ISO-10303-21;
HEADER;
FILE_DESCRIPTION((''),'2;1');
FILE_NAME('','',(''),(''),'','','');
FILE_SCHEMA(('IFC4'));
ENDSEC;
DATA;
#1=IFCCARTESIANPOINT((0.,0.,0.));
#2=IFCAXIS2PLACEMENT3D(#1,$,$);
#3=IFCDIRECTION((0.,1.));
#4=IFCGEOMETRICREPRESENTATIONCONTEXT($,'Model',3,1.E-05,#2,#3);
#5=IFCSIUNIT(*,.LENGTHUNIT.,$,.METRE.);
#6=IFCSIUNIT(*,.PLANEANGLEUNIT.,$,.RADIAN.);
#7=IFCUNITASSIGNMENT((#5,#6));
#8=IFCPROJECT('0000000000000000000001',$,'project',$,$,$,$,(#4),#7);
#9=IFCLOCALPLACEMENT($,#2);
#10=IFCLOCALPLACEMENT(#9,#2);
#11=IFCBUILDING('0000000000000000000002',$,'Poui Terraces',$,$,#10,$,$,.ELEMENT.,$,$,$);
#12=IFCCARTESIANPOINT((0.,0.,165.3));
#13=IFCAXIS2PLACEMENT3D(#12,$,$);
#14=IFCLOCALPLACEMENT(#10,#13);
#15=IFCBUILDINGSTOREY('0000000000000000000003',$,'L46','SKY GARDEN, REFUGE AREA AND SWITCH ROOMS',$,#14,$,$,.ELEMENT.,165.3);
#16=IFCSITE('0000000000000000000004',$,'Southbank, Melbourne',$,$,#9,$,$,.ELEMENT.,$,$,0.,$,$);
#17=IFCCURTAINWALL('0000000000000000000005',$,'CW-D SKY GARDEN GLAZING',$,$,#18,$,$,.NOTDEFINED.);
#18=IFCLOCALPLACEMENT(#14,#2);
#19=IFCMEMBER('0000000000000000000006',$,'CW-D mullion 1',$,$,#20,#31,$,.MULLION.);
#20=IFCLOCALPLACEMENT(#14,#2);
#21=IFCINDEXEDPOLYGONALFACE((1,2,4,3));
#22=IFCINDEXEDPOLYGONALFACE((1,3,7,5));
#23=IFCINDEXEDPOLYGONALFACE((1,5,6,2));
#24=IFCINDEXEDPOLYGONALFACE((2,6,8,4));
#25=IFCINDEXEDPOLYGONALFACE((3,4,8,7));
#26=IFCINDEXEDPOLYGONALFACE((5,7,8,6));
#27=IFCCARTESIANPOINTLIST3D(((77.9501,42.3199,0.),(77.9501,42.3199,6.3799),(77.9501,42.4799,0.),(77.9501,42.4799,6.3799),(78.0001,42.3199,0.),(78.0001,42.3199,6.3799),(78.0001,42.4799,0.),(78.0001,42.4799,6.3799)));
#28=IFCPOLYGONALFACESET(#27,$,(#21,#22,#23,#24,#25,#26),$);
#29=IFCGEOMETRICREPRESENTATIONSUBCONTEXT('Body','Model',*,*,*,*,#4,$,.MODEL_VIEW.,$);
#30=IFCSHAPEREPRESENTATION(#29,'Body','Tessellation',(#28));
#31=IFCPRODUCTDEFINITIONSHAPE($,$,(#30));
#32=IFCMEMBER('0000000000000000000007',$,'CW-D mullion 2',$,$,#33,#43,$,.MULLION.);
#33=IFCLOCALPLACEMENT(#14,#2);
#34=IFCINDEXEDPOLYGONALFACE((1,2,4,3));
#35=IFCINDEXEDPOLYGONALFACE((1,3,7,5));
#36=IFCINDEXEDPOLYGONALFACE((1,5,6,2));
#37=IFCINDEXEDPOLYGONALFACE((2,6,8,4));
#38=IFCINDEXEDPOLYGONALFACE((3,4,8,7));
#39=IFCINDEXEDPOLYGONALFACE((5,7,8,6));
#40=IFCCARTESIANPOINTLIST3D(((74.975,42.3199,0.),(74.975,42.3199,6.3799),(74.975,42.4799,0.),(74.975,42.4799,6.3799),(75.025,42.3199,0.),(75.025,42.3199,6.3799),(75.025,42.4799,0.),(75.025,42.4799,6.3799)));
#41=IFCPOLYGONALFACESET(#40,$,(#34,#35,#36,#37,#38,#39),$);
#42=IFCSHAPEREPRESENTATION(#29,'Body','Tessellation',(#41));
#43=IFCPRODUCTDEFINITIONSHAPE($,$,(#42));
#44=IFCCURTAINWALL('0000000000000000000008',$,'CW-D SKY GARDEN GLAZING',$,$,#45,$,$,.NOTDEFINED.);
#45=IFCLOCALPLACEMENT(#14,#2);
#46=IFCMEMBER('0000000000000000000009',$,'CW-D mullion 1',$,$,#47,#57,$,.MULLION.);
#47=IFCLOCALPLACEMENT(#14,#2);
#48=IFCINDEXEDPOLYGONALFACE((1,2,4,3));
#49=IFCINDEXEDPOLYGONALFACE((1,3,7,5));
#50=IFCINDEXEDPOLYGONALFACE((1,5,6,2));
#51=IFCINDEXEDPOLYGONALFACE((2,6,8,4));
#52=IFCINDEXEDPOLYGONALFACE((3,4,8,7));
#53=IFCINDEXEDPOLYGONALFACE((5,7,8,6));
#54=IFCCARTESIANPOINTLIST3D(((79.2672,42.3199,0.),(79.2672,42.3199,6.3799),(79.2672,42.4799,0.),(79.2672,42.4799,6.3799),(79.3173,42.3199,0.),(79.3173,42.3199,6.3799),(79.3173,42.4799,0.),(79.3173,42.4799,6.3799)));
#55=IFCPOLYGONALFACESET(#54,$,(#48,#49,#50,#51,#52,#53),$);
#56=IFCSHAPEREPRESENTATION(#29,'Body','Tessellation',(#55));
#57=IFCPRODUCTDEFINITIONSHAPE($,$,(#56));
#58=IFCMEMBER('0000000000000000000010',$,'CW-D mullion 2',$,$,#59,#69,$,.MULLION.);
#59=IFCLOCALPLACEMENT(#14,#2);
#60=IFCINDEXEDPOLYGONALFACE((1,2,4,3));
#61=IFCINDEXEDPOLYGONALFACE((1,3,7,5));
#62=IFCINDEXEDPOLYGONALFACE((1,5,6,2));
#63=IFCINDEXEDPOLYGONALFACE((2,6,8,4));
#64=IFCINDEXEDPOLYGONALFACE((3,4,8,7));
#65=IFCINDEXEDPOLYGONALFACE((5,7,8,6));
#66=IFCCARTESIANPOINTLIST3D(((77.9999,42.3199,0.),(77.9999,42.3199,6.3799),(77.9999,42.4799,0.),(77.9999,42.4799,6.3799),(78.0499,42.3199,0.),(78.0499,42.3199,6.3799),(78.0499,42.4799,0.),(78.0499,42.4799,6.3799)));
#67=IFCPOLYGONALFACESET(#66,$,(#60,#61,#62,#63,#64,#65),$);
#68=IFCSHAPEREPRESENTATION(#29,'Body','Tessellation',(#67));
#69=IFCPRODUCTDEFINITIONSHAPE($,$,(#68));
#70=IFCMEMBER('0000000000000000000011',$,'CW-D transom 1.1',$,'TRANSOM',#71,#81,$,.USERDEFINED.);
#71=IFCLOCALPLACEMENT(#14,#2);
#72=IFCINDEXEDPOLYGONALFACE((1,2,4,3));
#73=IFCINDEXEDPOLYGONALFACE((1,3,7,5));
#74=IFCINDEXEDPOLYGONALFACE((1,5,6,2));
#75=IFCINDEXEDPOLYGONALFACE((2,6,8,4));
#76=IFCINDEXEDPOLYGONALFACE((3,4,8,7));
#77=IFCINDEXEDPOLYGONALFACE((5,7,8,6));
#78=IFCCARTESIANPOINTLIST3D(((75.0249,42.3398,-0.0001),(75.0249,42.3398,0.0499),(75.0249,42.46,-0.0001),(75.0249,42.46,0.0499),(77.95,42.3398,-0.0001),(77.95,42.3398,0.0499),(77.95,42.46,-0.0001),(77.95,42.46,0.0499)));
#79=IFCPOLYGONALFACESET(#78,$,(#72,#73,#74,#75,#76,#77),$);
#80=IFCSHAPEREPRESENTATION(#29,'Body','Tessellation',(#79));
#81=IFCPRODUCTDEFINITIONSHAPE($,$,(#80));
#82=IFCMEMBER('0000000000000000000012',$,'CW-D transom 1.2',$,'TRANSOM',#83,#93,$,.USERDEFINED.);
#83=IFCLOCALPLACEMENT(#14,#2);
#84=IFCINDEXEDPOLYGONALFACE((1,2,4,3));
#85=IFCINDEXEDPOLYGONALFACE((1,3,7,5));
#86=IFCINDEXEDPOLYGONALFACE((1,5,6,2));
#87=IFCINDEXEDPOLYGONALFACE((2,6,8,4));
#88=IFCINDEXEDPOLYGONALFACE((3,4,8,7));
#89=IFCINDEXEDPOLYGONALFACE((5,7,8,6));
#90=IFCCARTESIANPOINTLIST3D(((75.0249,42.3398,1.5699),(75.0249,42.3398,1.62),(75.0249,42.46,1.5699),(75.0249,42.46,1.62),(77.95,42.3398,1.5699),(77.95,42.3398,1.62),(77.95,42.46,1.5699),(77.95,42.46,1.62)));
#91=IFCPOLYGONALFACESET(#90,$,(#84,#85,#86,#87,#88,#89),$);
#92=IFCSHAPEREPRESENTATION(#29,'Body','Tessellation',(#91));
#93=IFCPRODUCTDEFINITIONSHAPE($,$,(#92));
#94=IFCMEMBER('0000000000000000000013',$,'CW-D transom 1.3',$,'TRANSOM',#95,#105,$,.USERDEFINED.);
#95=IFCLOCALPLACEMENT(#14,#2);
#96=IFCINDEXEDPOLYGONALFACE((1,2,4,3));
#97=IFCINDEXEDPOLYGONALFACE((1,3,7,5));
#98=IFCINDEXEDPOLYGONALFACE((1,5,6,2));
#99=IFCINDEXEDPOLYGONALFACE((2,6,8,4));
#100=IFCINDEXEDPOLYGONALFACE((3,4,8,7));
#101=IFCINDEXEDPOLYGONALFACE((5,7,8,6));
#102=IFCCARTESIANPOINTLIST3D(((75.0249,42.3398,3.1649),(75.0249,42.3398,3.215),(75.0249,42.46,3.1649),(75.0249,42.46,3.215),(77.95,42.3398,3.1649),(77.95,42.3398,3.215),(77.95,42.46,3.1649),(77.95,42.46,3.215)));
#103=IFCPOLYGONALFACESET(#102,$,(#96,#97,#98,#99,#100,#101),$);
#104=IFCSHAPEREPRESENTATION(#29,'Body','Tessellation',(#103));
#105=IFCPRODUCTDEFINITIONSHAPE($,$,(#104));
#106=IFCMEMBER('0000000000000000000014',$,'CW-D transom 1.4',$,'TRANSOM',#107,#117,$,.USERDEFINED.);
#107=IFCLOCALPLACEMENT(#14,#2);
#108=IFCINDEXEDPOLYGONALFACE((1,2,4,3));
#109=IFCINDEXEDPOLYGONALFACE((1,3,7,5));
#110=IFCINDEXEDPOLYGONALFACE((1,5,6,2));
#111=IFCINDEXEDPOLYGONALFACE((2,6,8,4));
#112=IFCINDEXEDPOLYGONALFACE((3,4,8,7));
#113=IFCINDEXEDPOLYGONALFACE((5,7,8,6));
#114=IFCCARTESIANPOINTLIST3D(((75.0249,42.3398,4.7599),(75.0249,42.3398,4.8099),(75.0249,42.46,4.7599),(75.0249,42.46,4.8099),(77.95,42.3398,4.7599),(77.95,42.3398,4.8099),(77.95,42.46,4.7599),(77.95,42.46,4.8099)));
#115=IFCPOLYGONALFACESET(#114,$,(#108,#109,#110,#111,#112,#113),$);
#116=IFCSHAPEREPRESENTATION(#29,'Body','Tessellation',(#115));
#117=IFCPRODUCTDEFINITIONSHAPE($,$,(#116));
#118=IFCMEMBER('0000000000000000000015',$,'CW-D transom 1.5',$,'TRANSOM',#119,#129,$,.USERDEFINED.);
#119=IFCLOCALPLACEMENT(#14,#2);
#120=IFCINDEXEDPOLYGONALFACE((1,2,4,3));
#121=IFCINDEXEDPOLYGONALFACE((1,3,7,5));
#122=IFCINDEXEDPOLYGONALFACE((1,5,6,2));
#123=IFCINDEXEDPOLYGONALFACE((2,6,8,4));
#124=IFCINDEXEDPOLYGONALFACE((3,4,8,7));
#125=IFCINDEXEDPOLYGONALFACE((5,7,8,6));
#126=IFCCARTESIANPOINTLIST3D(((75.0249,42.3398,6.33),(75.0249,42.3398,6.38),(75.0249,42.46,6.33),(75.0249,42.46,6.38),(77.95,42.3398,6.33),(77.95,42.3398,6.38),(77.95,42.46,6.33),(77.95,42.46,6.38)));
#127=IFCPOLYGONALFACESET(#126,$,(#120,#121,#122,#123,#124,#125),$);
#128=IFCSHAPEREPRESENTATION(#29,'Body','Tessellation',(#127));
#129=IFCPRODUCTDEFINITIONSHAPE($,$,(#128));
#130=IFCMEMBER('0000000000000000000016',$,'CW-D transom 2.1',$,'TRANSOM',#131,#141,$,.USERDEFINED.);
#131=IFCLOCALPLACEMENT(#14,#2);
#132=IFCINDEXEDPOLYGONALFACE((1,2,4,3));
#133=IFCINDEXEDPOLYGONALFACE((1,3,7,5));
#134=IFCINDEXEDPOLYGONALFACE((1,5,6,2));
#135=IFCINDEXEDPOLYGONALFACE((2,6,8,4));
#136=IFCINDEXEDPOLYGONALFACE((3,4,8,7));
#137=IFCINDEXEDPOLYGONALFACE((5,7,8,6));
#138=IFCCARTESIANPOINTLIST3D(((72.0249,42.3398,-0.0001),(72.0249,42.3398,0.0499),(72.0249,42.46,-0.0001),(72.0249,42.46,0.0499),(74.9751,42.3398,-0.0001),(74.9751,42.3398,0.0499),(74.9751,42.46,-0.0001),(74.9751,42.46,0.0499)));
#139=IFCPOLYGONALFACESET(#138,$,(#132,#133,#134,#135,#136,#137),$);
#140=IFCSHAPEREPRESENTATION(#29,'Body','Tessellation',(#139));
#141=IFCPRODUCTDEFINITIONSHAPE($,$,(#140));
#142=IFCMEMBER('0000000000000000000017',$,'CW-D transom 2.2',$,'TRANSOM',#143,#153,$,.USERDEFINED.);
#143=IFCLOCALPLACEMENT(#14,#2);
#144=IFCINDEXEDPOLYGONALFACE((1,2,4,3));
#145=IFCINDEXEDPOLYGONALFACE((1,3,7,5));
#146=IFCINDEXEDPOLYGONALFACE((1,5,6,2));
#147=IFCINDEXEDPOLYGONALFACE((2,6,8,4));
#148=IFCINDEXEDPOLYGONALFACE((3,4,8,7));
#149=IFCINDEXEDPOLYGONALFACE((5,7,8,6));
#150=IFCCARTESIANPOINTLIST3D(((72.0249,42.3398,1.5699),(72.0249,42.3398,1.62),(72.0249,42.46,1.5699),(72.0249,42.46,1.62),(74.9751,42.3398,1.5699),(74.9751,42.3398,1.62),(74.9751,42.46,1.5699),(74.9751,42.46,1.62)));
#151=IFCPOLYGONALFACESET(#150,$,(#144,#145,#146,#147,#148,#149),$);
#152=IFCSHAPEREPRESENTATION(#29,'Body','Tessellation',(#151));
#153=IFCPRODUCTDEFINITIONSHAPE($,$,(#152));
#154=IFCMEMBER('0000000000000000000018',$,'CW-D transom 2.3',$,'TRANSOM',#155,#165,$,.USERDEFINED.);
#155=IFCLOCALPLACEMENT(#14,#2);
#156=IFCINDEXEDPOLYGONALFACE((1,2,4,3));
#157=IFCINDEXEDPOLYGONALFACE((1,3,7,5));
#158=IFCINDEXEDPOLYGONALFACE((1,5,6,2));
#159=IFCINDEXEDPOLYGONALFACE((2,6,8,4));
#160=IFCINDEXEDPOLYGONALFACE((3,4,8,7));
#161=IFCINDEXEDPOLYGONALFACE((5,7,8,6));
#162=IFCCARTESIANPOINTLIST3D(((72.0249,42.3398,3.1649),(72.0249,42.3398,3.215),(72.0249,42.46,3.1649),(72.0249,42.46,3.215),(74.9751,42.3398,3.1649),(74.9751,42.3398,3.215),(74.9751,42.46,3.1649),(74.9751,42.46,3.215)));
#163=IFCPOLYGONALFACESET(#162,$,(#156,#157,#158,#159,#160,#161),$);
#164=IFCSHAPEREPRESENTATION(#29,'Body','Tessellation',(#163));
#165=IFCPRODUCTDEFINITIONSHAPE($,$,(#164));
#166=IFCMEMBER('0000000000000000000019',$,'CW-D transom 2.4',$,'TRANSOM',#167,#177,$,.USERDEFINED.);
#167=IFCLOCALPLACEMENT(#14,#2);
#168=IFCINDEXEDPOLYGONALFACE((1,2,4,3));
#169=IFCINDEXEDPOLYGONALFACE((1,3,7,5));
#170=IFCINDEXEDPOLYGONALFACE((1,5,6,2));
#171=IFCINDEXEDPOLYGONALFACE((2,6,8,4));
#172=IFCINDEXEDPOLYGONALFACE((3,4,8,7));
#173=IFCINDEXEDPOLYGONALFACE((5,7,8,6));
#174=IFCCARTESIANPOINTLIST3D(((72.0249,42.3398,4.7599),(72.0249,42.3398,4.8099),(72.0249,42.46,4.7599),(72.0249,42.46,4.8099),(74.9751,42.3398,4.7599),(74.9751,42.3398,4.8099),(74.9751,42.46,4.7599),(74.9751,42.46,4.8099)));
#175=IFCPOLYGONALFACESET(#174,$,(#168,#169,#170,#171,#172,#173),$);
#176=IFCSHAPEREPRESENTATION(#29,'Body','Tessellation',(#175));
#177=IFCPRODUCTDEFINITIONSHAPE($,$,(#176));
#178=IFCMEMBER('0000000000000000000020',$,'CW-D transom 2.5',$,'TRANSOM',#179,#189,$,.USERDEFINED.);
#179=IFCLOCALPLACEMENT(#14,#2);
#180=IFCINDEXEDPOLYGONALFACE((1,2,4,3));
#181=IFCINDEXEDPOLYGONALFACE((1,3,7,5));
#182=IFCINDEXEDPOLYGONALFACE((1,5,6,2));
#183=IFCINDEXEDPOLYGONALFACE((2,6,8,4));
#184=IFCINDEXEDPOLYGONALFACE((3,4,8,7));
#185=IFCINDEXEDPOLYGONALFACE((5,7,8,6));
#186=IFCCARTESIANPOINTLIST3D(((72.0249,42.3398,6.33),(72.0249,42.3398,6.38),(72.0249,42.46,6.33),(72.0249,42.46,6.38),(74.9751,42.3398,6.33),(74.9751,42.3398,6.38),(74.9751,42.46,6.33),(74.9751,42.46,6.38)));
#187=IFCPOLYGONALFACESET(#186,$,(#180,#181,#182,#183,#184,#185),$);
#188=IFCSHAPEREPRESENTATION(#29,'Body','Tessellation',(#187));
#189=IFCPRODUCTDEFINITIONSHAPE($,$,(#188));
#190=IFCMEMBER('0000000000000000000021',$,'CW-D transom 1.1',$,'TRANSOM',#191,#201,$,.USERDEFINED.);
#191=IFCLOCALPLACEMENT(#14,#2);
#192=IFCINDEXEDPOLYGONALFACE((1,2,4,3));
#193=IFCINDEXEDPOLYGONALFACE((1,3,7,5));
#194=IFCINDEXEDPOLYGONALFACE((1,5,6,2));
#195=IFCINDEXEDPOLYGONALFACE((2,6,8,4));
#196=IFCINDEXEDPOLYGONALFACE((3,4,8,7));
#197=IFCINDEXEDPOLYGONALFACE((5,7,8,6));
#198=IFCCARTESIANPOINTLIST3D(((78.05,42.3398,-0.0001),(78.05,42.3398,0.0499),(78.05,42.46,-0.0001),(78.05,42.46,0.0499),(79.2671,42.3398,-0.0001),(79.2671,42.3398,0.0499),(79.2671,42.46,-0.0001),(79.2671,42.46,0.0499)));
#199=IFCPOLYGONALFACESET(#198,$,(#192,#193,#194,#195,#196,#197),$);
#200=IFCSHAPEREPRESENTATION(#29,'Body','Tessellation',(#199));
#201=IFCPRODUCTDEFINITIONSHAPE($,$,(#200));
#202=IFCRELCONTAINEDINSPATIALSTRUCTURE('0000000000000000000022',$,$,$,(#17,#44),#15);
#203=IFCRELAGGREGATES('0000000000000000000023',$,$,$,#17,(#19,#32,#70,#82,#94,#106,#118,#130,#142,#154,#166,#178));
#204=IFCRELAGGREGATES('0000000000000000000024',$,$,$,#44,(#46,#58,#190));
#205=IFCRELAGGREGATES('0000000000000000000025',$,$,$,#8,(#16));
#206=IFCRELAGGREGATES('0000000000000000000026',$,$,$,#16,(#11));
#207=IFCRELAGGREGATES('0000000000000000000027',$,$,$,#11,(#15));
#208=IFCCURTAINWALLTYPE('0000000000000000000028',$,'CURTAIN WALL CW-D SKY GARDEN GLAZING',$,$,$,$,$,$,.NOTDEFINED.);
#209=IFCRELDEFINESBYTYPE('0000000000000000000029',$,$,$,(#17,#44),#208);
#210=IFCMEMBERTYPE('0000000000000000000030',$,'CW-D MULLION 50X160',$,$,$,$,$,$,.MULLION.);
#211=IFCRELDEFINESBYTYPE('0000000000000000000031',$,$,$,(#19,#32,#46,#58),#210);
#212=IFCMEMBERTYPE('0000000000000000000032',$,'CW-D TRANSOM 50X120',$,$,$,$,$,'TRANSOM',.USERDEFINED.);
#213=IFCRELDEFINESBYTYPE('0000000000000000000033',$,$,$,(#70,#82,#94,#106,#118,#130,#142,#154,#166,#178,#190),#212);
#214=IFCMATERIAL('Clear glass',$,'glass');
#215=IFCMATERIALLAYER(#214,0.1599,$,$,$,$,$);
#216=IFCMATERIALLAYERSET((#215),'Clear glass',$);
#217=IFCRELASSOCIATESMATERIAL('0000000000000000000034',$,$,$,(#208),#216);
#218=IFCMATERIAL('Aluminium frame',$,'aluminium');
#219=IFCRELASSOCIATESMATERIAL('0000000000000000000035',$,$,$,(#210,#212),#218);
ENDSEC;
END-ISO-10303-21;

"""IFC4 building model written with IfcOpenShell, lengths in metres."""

from ifc_helpers import new_model, si_unit, direction, frame, origin, origin_2d, place, context, subcontext, project, spatial, rectangle, extrude, material, layer, layer_set, material_profile, profile_set, type_object, element, aggregate, save


model = new_model("IFC4")

# Units and contexts
model_context = context("Model", 3, precision=1e-05, world=origin(), true_north=direction((0.0, 1.0)))
body_context = subcontext(model_context, "Body", "Model", "MODEL_VIEW")
ifc_project = project(units=[si_unit("LENGTHUNIT", "METRE"), si_unit("PLANEANGLEUNIT", "RADIAN")], contexts=[model_context])

# Site, building, storey
site_placement = place(None, origin())
site = spatial("IfcSite", under=ifc_project, at=site_placement, Name="Southbank, Melbourne", CompositionType="ELEMENT", RefElevation=0.0)
building_placement = place(site_placement, origin())
building = spatial("IfcBuilding", under=site, at=building_placement, Name="Poui Terraces", CompositionType="ELEMENT")
storey_placement = place(building_placement, frame((0.0, 0.0, 165.3)))
storey = spatial("IfcBuildingStorey", under=building, at=storey_placement, Name="L46", Description="SKY GARDEN, REFUGE AREA AND SWITCH ROOMS", CompositionType="ELEMENT", Elevation=165.3)

# Curtain walls, members
ifc_material_1 = material(Name="Clear glass", Category="glass")
ifc_layer_1 = layer(ifc_material_1, 0.1599)
ifc_layer_set_1 = layer_set([ifc_layer_1], Name="Clear glass")
curtain_wall_type = type_object("IfcCurtainWallType", Name="CURTAIN WALL CW-D SKY GARDEN GLAZING", PredefinedType="NOTDEFINED", material=ifc_layer_set_1)
curtain_wall_1_placement = place(storey_placement, origin())
curtain_wall_1 = element("IfcCurtainWall", 1, at=curtain_wall_1_placement, inside=storey, type_object=curtain_wall_type, Name="CW-D SKY GARDEN GLAZING", PredefinedType="NOTDEFINED")
ifc_material_2 = material(Name="Aluminium frame", Category="aluminium")
ifc_material_profile_1 = material_profile(ifc_material_2, rectangle(XDim=0.1599, YDim=0.05, at=origin_2d()), Name="CW-D MULLION 50X160")
ifc_profile_set_1 = profile_set([ifc_material_profile_1], Name="Aluminium frame")
member_type_1 = type_object("IfcMemberType", Name="CW-D MULLION 50X160", PredefinedType="MULLION", material=ifc_profile_set_1)
member_1_placement = place(storey_placement, frame((77.9751, 42.3999, 0.0), z_axis=(0.0, 0.0, 1.0), x_axis=(0.0, -1.0, 0.0)))
member_1 = element("IfcMember", 2, at=member_1_placement, type_object=member_type_1, Name="CW-D mullion 1", PredefinedType="MULLION", context=body_context, shape_type="SweptSolid", body=[
    extrude(rectangle(XDim=0.1599, YDim=0.05, at=origin_2d()), origin(), (0.0, 0.0, 1.0), 6.3799),
])
member_2_placement = place(storey_placement, frame((75.0, 42.3999, 0.0), z_axis=(0.0, 0.0, 1.0), x_axis=(0.0, -1.0, 0.0)))
member_2 = element("IfcMember", 3, at=member_2_placement, type_object=member_type_1, Name="CW-D mullion 2", PredefinedType="MULLION", context=body_context, shape_type="SweptSolid", body=[
    extrude(rectangle(XDim=0.1599, YDim=0.05, at=origin_2d()), origin(), (0.0, 0.0, 1.0), 6.3799),
])
curtain_wall_2_placement = place(storey_placement, origin())
curtain_wall_2 = element("IfcCurtainWall", 4, at=curtain_wall_2_placement, inside=storey, type_object=curtain_wall_type, Name="CW-D SKY GARDEN GLAZING", PredefinedType="NOTDEFINED")
member_3_placement = place(storey_placement, frame((79.2922, 42.3999, 0.0), z_axis=(0.0, 0.0, 1.0), x_axis=(0.0, -1.0, 0.0)))
member_3 = element("IfcMember", 5, at=member_3_placement, type_object=member_type_1, Name="CW-D mullion 1", PredefinedType="MULLION", context=body_context, shape_type="SweptSolid", body=[
    extrude(rectangle(XDim=0.1599, YDim=0.05, at=origin_2d()), origin(), (0.0, 0.0, 1.0), 6.3799),
])
member_4_placement = place(storey_placement, frame((78.0249, 42.3999, 0.0), z_axis=(0.0, 0.0, 1.0), x_axis=(0.0, -1.0, 0.0)))
member_4 = element("IfcMember", 6, at=member_4_placement, type_object=member_type_1, Name="CW-D mullion 2", PredefinedType="MULLION", context=body_context, shape_type="SweptSolid", body=[
    extrude(rectangle(XDim=0.1599, YDim=0.05, at=origin_2d()), origin(), (0.0, 0.0, 1.0), 6.3799),
])

# Members
ifc_material_profile_2 = material_profile(ifc_material_2, rectangle(XDim=0.1201, YDim=0.05, at=origin_2d()), Name="CW-D TRANSOM 50X120")
ifc_profile_set_2 = profile_set([ifc_material_profile_2], Name="Aluminium frame")
member_type_2 = type_object("IfcMemberType", Name="CW-D TRANSOM 50X120", ElementType="TRANSOM", PredefinedType="USERDEFINED", material=ifc_profile_set_2)
member_5_placement = place(storey_placement, frame((77.95, 42.3999, 0.0249), z_axis=(-1.0, 0.0, 0.0), x_axis=(0.0, -1.0, 0.0)))
member_5 = element("IfcMember", 7, at=member_5_placement, type_object=member_type_2, Name="CW-D transom 1.1", ObjectType="TRANSOM", PredefinedType="USERDEFINED", context=body_context, shape_type="SweptSolid", body=[
    extrude(rectangle(XDim=0.1201, YDim=0.05, at=origin_2d()), origin(), (0.0, 0.0, 1.0), 2.925),
])
member_6_placement = place(storey_placement, frame((77.95, 42.3999, 1.595), z_axis=(-1.0, 0.0, 0.0), x_axis=(0.0, -1.0, 0.0)))
member_6 = element("IfcMember", 8, at=member_6_placement, type_object=member_type_2, Name="CW-D transom 1.2", ObjectType="TRANSOM", PredefinedType="USERDEFINED", context=body_context, shape_type="SweptSolid", body=[
    extrude(rectangle(XDim=0.1201, YDim=0.05, at=origin_2d()), origin(), (0.0, 0.0, 1.0), 2.925),
])
member_7_placement = place(storey_placement, frame((77.95, 42.3999, 3.1899), z_axis=(-1.0, 0.0, 0.0), x_axis=(0.0, -1.0, 0.0)))
member_7 = element("IfcMember", 9, at=member_7_placement, type_object=member_type_2, Name="CW-D transom 1.3", ObjectType="TRANSOM", PredefinedType="USERDEFINED", context=body_context, shape_type="SweptSolid", body=[
    extrude(rectangle(XDim=0.1201, YDim=0.05, at=origin_2d()), origin(), (0.0, 0.0, 1.0), 2.925),
])
member_8_placement = place(storey_placement, frame((77.95, 42.3999, 4.7849), z_axis=(-1.0, 0.0, 0.0), x_axis=(0.0, -1.0, 0.0)))
member_8 = element("IfcMember", 10, at=member_8_placement, type_object=member_type_2, Name="CW-D transom 1.4", ObjectType="TRANSOM", PredefinedType="USERDEFINED", context=body_context, shape_type="SweptSolid", body=[
    extrude(rectangle(XDim=0.1201, YDim=0.05, at=origin_2d()), origin(), (0.0, 0.0, 1.0), 2.925),
])
member_9_placement = place(storey_placement, frame((77.95, 42.3999, 6.355), z_axis=(-1.0, 0.0, 0.0), x_axis=(0.0, -1.0, 0.0)))
member_9 = element("IfcMember", 11, at=member_9_placement, type_object=member_type_2, Name="CW-D transom 1.5", ObjectType="TRANSOM", PredefinedType="USERDEFINED", context=body_context, shape_type="SweptSolid", body=[
    extrude(rectangle(XDim=0.1201, YDim=0.05, at=origin_2d()), origin(), (0.0, 0.0, 1.0), 2.925),
])
member_10_placement = place(storey_placement, frame((74.9751, 42.3999, 0.0249), z_axis=(-1.0, 0.0, 0.0), x_axis=(0.0, -1.0, 0.0)))
member_10 = element("IfcMember", 12, at=member_10_placement, type_object=member_type_2, Name="CW-D transom 2.1", ObjectType="TRANSOM", PredefinedType="USERDEFINED", context=body_context, shape_type="SweptSolid", body=[
    extrude(rectangle(XDim=0.1201, YDim=0.05, at=origin_2d()), origin(), (0.0, 0.0, 1.0), 2.9502),
])
member_11_placement = place(storey_placement, frame((74.9751, 42.3999, 1.595), z_axis=(-1.0, 0.0, 0.0), x_axis=(0.0, -1.0, 0.0)))
member_11 = element("IfcMember", 13, at=member_11_placement, type_object=member_type_2, Name="CW-D transom 2.2", ObjectType="TRANSOM", PredefinedType="USERDEFINED", context=body_context, shape_type="SweptSolid", body=[
    extrude(rectangle(XDim=0.1201, YDim=0.05, at=origin_2d()), origin(), (0.0, 0.0, 1.0), 2.9502),
])
member_12_placement = place(storey_placement, frame((74.9751, 42.3999, 3.1899), z_axis=(-1.0, 0.0, 0.0), x_axis=(0.0, -1.0, 0.0)))
member_12 = element("IfcMember", 14, at=member_12_placement, type_object=member_type_2, Name="CW-D transom 2.3", ObjectType="TRANSOM", PredefinedType="USERDEFINED", context=body_context, shape_type="SweptSolid", body=[
    extrude(rectangle(XDim=0.1201, YDim=0.05, at=origin_2d()), origin(), (0.0, 0.0, 1.0), 2.9502),
])
member_13_placement = place(storey_placement, frame((74.9751, 42.3999, 4.7849), z_axis=(-1.0, 0.0, 0.0), x_axis=(0.0, -1.0, 0.0)))
member_13 = element("IfcMember", 15, at=member_13_placement, type_object=member_type_2, Name="CW-D transom 2.4", ObjectType="TRANSOM", PredefinedType="USERDEFINED", context=body_context, shape_type="SweptSolid", body=[
    extrude(rectangle(XDim=0.1201, YDim=0.05, at=origin_2d()), origin(), (0.0, 0.0, 1.0), 2.9502),
])
member_14_placement = place(storey_placement, frame((74.9751, 42.3999, 6.355), z_axis=(-1.0, 0.0, 0.0), x_axis=(0.0, -1.0, 0.0)))
member_14 = element("IfcMember", 16, at=member_14_placement, type_object=member_type_2, Name="CW-D transom 2.5", ObjectType="TRANSOM", PredefinedType="USERDEFINED", context=body_context, shape_type="SweptSolid", body=[
    extrude(rectangle(XDim=0.1201, YDim=0.05, at=origin_2d()), origin(), (0.0, 0.0, 1.0), 2.9502),
])
member_15_placement = place(storey_placement, frame((79.2671, 42.3999, 0.0249), z_axis=(-1.0, 0.0, 0.0), x_axis=(0.0, -1.0, 0.0)))
member_15 = element("IfcMember", 17, at=member_15_placement, type_object=member_type_2, Name="CW-D transom 1.1", ObjectType="TRANSOM", PredefinedType="USERDEFINED", context=body_context, shape_type="SweptSolid", body=[
    extrude(rectangle(XDim=0.1201, YDim=0.05, at=origin_2d()), origin(), (0.0, 0.0, 1.0), 1.217),
])

aggregate(curtain_wall_1, [member_1, member_2, member_5, member_6, member_7, member_8, member_9, member_10, member_11, member_12, member_13, member_14])
aggregate(curtain_wall_2, [member_3, member_4, member_15])

save(model, "model.ifc")
